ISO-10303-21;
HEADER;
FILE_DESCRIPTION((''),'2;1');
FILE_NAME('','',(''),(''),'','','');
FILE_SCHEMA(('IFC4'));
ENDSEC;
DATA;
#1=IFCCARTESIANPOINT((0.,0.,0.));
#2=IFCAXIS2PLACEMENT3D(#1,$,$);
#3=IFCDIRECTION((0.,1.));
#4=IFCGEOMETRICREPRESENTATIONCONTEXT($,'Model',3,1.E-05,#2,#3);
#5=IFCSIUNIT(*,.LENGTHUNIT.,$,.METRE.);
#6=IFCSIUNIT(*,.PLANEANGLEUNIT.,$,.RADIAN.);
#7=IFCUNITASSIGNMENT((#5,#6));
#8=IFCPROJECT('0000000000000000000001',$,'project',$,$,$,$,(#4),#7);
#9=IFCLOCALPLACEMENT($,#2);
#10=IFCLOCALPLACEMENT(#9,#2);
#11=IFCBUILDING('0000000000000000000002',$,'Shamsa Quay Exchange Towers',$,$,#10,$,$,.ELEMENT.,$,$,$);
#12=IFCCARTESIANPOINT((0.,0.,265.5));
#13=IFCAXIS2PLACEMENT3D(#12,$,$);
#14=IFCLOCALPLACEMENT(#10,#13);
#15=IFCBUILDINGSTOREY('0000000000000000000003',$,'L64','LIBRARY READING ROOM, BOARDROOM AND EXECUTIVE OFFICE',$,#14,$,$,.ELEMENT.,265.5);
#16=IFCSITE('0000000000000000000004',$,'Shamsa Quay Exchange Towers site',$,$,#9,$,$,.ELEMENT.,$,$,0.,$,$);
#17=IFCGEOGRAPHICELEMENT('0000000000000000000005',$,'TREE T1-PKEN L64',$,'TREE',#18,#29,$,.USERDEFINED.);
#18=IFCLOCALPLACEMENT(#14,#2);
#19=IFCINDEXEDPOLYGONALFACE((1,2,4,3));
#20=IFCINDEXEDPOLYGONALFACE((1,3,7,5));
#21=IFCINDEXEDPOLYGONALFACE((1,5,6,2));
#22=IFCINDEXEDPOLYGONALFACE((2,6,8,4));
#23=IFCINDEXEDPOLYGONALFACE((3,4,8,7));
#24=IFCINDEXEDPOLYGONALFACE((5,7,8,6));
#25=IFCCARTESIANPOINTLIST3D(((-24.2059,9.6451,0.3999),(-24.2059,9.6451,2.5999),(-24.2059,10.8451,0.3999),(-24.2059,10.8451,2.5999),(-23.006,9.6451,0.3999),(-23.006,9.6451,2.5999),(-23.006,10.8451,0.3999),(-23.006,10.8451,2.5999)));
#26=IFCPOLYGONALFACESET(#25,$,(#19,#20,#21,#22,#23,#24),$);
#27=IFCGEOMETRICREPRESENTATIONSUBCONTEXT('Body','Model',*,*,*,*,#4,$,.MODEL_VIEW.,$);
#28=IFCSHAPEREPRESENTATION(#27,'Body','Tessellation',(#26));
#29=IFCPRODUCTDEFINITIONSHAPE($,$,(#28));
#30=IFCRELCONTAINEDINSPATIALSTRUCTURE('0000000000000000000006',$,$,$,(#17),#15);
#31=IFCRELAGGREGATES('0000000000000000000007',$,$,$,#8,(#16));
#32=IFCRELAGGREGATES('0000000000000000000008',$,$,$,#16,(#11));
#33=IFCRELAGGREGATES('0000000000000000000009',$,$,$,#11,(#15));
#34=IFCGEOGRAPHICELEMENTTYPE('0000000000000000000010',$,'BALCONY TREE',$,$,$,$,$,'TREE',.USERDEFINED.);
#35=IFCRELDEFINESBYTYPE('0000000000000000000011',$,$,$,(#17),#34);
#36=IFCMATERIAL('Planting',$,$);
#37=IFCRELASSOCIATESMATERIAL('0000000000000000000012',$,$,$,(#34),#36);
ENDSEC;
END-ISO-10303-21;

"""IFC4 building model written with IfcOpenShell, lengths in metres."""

from ifc_helpers import new_model, si_unit, direction, frame, origin, origin_2d, place, context, subcontext, project, spatial, rectangle, extrude, material, type_object, element, save


model = new_model("IFC4")

# Units and contexts
model_context = context("Model", 3, precision=1e-05, world=origin(), true_north=direction((0.0, 1.0)))
body_context = subcontext(model_context, "Body", "Model", "MODEL_VIEW")
ifc_project = project(units=[si_unit("LENGTHUNIT", "METRE"), si_unit("PLANEANGLEUNIT", "RADIAN")], contexts=[model_context])

# Site, building, storey
site_placement = place(None, origin())
site = spatial("IfcSite", under=ifc_project, at=site_placement, Name="Shamsa Quay Exchange Towers site", CompositionType="ELEMENT", RefElevation=0.0)
building_placement = place(site_placement, origin())
building = spatial("IfcBuilding", under=site, at=building_placement, Name="Shamsa Quay Exchange Towers", CompositionType="ELEMENT")
storey_placement = place(building_placement, frame((0.0, 0.0, 265.5)))
storey = spatial("IfcBuildingStorey", under=building, at=storey_placement, Name="L64", Description="LIBRARY READING ROOM, BOARDROOM AND EXECUTIVE OFFICE", CompositionType="ELEMENT", Elevation=265.5)

# Geographic element
ifc_material_1 = material(Name="Planting")
geographic_element_type = type_object("IfcGeographicElementType", Name="BALCONY TREE", ElementType="TREE", PredefinedType="USERDEFINED", material=ifc_material_1)
geographic_element_placement = place(storey_placement, frame((-23.606, 10.2451, 0.3999), z_axis=(0.0, 0.0, 1.0), x_axis=(-1.0, 0.0, 0.0)))
element("IfcGeographicElement", 1, at=geographic_element_placement, inside=storey, type_object=geographic_element_type, Name="TREE T1-PKEN L64", ObjectType="TREE", PredefinedType="USERDEFINED", context=body_context, shape_type="SweptSolid", body=[
    extrude(rectangle(XDim=1.2, YDim=1.2, at=origin_2d()), origin(), (0.0, 0.0, 1.0), 2.2),
])

save(model, "model.ifc")
